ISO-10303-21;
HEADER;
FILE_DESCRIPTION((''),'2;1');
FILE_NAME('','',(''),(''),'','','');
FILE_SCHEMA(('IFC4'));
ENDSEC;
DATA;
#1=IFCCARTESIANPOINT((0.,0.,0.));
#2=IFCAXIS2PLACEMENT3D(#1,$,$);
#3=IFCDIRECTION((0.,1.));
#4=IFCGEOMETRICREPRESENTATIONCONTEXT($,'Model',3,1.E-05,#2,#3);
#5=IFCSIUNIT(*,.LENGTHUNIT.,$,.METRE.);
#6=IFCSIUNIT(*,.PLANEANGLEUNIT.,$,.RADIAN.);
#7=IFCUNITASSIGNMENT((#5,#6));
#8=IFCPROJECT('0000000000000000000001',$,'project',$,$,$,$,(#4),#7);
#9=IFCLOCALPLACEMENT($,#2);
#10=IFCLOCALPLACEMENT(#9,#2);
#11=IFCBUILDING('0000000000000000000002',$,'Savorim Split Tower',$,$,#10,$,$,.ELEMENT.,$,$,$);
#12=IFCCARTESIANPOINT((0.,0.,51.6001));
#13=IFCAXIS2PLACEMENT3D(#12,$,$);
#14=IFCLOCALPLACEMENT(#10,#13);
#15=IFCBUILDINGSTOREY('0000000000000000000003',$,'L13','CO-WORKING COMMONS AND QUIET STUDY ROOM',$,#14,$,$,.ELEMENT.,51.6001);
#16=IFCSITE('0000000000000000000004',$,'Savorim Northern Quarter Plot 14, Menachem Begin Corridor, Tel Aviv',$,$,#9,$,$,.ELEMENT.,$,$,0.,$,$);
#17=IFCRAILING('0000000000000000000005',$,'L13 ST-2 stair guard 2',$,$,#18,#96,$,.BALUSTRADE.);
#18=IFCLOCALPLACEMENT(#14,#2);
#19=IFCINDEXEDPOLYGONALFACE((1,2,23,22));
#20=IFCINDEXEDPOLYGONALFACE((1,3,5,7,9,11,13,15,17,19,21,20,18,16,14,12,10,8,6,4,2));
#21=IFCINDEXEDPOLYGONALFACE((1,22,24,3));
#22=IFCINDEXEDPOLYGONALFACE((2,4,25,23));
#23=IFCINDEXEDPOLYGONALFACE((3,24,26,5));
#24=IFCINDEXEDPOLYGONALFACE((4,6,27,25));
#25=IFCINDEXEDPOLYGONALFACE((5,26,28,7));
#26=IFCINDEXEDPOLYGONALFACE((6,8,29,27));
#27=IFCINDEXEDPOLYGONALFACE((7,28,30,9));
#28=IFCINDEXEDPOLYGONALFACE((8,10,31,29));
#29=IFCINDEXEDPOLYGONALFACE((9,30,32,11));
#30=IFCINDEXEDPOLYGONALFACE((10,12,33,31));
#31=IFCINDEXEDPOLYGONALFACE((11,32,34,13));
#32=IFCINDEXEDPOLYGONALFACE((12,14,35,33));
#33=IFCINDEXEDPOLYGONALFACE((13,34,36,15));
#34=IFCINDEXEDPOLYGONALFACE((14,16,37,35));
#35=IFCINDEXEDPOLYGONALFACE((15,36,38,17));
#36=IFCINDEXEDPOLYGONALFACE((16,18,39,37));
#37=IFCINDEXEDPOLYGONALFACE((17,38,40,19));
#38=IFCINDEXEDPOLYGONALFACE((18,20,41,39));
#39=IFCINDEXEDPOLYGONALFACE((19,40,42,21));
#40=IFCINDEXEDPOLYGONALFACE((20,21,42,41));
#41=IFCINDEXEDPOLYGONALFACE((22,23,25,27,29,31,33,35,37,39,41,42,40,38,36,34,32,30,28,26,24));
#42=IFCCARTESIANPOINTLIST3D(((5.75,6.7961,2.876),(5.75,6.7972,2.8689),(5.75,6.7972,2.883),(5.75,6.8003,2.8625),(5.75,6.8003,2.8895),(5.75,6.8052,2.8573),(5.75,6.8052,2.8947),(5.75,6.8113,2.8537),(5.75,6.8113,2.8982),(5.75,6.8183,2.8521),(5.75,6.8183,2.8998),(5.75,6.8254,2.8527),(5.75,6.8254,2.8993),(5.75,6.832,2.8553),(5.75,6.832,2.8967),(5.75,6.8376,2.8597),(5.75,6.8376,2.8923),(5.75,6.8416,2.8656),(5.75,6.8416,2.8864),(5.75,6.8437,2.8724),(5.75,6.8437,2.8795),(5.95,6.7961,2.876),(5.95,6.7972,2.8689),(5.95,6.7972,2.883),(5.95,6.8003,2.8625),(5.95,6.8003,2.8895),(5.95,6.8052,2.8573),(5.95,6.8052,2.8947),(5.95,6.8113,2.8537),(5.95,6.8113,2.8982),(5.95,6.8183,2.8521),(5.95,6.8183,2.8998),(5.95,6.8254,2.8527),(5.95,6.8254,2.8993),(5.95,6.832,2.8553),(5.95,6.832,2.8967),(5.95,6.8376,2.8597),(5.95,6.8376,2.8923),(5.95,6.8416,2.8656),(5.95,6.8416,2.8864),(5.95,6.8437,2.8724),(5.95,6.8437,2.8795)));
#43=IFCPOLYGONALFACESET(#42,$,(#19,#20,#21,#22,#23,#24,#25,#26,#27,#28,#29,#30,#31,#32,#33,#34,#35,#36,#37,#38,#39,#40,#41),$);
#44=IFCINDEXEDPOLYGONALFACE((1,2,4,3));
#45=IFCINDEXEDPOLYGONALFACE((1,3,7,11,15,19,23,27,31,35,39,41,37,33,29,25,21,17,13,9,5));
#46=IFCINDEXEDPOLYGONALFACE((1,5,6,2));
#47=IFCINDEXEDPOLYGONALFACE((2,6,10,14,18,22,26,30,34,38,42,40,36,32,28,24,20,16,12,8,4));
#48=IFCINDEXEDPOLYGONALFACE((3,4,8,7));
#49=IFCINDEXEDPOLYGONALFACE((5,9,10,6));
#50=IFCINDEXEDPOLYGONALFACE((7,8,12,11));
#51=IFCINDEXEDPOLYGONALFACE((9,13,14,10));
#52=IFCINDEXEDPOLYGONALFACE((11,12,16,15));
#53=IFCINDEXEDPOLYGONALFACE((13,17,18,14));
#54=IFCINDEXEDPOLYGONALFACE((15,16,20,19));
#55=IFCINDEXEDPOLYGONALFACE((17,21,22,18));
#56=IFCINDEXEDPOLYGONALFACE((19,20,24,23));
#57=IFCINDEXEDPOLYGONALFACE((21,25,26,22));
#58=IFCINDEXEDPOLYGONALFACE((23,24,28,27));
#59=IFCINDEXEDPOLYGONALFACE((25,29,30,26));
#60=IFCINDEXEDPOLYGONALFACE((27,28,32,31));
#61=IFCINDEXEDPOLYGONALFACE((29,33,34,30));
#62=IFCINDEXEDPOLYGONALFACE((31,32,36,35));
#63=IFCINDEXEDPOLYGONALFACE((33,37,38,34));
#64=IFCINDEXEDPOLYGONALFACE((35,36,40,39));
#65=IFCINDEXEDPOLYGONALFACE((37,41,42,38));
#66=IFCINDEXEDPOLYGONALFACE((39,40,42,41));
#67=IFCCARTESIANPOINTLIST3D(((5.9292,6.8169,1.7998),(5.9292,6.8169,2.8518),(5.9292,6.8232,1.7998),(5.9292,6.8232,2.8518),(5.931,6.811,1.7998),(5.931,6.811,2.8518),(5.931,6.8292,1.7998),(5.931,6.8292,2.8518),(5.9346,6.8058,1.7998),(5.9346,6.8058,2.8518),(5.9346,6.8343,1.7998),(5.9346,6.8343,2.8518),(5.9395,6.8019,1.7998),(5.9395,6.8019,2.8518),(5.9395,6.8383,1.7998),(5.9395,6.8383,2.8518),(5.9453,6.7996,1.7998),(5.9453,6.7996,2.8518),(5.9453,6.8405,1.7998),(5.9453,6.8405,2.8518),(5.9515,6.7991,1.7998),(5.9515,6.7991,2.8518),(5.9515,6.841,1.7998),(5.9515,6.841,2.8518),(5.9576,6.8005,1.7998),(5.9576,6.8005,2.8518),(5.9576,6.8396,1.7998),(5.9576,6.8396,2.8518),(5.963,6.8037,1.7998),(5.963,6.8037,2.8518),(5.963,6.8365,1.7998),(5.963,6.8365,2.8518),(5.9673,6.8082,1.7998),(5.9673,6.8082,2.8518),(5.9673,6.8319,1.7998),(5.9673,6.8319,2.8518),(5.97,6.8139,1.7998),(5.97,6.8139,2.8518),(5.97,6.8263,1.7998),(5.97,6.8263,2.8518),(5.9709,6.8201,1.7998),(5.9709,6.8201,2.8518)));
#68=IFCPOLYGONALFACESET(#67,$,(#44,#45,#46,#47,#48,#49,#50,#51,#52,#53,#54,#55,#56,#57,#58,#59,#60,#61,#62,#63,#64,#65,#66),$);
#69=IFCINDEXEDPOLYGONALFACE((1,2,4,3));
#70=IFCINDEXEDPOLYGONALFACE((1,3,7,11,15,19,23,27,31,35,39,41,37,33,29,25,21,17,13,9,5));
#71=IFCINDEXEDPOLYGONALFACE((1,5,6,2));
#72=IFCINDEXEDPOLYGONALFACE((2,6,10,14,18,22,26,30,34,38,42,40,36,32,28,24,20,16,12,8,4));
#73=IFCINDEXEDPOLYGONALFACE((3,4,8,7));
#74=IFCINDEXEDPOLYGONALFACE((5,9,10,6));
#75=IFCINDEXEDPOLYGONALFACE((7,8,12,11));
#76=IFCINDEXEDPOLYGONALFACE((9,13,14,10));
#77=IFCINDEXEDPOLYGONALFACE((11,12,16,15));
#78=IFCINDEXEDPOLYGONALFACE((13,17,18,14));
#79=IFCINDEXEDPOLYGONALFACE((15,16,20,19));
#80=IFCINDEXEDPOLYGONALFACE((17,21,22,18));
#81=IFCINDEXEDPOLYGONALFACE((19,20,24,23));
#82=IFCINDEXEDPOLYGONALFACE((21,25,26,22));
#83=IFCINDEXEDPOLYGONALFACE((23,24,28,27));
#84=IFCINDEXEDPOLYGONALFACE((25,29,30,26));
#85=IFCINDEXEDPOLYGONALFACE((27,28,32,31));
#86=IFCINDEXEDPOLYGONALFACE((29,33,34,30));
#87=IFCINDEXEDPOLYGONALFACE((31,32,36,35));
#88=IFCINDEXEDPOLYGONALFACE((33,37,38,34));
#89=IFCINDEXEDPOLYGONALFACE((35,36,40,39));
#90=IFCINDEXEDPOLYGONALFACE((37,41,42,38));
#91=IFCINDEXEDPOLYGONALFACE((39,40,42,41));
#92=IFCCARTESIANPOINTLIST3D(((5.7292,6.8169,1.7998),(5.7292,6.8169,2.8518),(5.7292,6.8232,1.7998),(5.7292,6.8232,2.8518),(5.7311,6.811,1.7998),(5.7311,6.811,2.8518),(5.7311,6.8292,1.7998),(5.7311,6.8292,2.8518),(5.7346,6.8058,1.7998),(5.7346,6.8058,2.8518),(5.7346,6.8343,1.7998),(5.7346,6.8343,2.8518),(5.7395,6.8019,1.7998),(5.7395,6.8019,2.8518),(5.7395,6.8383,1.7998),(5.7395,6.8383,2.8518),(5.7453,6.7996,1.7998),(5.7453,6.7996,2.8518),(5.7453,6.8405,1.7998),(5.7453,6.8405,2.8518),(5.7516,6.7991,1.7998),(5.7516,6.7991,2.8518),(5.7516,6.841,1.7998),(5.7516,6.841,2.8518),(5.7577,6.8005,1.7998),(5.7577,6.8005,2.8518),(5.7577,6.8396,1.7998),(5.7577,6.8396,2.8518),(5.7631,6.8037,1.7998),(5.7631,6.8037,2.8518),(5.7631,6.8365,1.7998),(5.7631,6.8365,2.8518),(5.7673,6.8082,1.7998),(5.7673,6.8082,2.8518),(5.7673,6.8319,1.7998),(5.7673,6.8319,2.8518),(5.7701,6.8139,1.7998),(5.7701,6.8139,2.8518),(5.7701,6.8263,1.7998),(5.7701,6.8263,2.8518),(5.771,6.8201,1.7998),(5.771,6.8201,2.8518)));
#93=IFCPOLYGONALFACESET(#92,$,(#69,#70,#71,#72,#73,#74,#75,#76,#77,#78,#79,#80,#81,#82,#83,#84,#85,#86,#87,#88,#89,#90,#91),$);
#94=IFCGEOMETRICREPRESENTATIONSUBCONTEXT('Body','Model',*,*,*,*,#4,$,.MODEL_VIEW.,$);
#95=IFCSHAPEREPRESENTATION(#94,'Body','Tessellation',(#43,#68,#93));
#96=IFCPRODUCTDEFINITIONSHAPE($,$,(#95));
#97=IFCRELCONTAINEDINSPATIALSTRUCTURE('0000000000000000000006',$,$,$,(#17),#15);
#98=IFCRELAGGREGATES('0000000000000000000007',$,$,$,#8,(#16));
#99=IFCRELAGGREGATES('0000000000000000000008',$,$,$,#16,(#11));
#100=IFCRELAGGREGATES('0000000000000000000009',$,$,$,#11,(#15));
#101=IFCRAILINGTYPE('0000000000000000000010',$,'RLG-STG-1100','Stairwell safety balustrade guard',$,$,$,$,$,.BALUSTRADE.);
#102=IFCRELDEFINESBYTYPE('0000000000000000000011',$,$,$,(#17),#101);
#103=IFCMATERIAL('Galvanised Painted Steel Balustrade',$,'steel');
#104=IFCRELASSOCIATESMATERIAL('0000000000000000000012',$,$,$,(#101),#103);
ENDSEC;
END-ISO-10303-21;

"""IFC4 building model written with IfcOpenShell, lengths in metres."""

from ifc_helpers import new_model, si_unit, direction, frame, origin, origin_2d, place, context, subcontext, project, spatial, circle, extrude, material, type_object, element, save


model = new_model("IFC4")

# Units and contexts
model_context = context("Model", 3, precision=1e-05, world=origin(), true_north=direction((0.0, 1.0)))
body_context = subcontext(model_context, "Body", "Model", "MODEL_VIEW")
ifc_project = project(units=[si_unit("LENGTHUNIT", "METRE"), si_unit("PLANEANGLEUNIT", "RADIAN")], contexts=[model_context])

# Site, building, storey
site_placement = place(None, origin())
site = spatial("IfcSite", under=ifc_project, at=site_placement, Name="Savorim Northern Quarter Plot 14, Menachem Begin Corridor, Tel Aviv", CompositionType="ELEMENT", RefElevation=0.0)
building_placement = place(site_placement, origin())
building = spatial("IfcBuilding", under=site, at=building_placement, Name="Savorim Split Tower", CompositionType="ELEMENT")
storey_placement = place(building_placement, frame((0.0, 0.0, 51.6001)))
storey = spatial("IfcBuildingStorey", under=building, at=storey_placement, Name="L13", Description="CO-WORKING COMMONS AND QUIET STUDY ROOM", CompositionType="ELEMENT", Elevation=51.6001)

# Railing
ifc_material_1 = material(Name="Galvanised Painted Steel Balustrade", Category="steel")
railing_type = type_object("IfcRailingType", Name="RLG-STG-1100", Description="Stairwell safety balustrade guard", PredefinedType="BALUSTRADE", material=ifc_material_1)
railing_1_placement = place(storey_placement, frame((5.95, 6.8201, 1.7998)))
element("IfcRailing", 1, at=railing_1_placement, inside=storey, type_object=railing_type, Name="L13 ST-2 stair guard 2", PredefinedType="BALUSTRADE", context=body_context, shape_type="SweptSolid", body=[
    extrude(circle(Radius=0.0239, at=origin_2d()), frame((0.0, 0.0, 1.0762), z_axis=(-1.0, 0.0, 0.0), x_axis=(0.0, -1.0, 0.0)), (0.0, 0.0, 1.0), 0.2),
    extrude(circle(Radius=0.021, at=origin_2d()), origin(), (0.0, 0.0, 1.0), 1.052),
    extrude(circle(Radius=0.021, at=origin_2d()), frame((-0.2, 0.0, 0.0)), (0.0, 0.0, 1.0), 1.052),
])

save(model, "model.ifc")
